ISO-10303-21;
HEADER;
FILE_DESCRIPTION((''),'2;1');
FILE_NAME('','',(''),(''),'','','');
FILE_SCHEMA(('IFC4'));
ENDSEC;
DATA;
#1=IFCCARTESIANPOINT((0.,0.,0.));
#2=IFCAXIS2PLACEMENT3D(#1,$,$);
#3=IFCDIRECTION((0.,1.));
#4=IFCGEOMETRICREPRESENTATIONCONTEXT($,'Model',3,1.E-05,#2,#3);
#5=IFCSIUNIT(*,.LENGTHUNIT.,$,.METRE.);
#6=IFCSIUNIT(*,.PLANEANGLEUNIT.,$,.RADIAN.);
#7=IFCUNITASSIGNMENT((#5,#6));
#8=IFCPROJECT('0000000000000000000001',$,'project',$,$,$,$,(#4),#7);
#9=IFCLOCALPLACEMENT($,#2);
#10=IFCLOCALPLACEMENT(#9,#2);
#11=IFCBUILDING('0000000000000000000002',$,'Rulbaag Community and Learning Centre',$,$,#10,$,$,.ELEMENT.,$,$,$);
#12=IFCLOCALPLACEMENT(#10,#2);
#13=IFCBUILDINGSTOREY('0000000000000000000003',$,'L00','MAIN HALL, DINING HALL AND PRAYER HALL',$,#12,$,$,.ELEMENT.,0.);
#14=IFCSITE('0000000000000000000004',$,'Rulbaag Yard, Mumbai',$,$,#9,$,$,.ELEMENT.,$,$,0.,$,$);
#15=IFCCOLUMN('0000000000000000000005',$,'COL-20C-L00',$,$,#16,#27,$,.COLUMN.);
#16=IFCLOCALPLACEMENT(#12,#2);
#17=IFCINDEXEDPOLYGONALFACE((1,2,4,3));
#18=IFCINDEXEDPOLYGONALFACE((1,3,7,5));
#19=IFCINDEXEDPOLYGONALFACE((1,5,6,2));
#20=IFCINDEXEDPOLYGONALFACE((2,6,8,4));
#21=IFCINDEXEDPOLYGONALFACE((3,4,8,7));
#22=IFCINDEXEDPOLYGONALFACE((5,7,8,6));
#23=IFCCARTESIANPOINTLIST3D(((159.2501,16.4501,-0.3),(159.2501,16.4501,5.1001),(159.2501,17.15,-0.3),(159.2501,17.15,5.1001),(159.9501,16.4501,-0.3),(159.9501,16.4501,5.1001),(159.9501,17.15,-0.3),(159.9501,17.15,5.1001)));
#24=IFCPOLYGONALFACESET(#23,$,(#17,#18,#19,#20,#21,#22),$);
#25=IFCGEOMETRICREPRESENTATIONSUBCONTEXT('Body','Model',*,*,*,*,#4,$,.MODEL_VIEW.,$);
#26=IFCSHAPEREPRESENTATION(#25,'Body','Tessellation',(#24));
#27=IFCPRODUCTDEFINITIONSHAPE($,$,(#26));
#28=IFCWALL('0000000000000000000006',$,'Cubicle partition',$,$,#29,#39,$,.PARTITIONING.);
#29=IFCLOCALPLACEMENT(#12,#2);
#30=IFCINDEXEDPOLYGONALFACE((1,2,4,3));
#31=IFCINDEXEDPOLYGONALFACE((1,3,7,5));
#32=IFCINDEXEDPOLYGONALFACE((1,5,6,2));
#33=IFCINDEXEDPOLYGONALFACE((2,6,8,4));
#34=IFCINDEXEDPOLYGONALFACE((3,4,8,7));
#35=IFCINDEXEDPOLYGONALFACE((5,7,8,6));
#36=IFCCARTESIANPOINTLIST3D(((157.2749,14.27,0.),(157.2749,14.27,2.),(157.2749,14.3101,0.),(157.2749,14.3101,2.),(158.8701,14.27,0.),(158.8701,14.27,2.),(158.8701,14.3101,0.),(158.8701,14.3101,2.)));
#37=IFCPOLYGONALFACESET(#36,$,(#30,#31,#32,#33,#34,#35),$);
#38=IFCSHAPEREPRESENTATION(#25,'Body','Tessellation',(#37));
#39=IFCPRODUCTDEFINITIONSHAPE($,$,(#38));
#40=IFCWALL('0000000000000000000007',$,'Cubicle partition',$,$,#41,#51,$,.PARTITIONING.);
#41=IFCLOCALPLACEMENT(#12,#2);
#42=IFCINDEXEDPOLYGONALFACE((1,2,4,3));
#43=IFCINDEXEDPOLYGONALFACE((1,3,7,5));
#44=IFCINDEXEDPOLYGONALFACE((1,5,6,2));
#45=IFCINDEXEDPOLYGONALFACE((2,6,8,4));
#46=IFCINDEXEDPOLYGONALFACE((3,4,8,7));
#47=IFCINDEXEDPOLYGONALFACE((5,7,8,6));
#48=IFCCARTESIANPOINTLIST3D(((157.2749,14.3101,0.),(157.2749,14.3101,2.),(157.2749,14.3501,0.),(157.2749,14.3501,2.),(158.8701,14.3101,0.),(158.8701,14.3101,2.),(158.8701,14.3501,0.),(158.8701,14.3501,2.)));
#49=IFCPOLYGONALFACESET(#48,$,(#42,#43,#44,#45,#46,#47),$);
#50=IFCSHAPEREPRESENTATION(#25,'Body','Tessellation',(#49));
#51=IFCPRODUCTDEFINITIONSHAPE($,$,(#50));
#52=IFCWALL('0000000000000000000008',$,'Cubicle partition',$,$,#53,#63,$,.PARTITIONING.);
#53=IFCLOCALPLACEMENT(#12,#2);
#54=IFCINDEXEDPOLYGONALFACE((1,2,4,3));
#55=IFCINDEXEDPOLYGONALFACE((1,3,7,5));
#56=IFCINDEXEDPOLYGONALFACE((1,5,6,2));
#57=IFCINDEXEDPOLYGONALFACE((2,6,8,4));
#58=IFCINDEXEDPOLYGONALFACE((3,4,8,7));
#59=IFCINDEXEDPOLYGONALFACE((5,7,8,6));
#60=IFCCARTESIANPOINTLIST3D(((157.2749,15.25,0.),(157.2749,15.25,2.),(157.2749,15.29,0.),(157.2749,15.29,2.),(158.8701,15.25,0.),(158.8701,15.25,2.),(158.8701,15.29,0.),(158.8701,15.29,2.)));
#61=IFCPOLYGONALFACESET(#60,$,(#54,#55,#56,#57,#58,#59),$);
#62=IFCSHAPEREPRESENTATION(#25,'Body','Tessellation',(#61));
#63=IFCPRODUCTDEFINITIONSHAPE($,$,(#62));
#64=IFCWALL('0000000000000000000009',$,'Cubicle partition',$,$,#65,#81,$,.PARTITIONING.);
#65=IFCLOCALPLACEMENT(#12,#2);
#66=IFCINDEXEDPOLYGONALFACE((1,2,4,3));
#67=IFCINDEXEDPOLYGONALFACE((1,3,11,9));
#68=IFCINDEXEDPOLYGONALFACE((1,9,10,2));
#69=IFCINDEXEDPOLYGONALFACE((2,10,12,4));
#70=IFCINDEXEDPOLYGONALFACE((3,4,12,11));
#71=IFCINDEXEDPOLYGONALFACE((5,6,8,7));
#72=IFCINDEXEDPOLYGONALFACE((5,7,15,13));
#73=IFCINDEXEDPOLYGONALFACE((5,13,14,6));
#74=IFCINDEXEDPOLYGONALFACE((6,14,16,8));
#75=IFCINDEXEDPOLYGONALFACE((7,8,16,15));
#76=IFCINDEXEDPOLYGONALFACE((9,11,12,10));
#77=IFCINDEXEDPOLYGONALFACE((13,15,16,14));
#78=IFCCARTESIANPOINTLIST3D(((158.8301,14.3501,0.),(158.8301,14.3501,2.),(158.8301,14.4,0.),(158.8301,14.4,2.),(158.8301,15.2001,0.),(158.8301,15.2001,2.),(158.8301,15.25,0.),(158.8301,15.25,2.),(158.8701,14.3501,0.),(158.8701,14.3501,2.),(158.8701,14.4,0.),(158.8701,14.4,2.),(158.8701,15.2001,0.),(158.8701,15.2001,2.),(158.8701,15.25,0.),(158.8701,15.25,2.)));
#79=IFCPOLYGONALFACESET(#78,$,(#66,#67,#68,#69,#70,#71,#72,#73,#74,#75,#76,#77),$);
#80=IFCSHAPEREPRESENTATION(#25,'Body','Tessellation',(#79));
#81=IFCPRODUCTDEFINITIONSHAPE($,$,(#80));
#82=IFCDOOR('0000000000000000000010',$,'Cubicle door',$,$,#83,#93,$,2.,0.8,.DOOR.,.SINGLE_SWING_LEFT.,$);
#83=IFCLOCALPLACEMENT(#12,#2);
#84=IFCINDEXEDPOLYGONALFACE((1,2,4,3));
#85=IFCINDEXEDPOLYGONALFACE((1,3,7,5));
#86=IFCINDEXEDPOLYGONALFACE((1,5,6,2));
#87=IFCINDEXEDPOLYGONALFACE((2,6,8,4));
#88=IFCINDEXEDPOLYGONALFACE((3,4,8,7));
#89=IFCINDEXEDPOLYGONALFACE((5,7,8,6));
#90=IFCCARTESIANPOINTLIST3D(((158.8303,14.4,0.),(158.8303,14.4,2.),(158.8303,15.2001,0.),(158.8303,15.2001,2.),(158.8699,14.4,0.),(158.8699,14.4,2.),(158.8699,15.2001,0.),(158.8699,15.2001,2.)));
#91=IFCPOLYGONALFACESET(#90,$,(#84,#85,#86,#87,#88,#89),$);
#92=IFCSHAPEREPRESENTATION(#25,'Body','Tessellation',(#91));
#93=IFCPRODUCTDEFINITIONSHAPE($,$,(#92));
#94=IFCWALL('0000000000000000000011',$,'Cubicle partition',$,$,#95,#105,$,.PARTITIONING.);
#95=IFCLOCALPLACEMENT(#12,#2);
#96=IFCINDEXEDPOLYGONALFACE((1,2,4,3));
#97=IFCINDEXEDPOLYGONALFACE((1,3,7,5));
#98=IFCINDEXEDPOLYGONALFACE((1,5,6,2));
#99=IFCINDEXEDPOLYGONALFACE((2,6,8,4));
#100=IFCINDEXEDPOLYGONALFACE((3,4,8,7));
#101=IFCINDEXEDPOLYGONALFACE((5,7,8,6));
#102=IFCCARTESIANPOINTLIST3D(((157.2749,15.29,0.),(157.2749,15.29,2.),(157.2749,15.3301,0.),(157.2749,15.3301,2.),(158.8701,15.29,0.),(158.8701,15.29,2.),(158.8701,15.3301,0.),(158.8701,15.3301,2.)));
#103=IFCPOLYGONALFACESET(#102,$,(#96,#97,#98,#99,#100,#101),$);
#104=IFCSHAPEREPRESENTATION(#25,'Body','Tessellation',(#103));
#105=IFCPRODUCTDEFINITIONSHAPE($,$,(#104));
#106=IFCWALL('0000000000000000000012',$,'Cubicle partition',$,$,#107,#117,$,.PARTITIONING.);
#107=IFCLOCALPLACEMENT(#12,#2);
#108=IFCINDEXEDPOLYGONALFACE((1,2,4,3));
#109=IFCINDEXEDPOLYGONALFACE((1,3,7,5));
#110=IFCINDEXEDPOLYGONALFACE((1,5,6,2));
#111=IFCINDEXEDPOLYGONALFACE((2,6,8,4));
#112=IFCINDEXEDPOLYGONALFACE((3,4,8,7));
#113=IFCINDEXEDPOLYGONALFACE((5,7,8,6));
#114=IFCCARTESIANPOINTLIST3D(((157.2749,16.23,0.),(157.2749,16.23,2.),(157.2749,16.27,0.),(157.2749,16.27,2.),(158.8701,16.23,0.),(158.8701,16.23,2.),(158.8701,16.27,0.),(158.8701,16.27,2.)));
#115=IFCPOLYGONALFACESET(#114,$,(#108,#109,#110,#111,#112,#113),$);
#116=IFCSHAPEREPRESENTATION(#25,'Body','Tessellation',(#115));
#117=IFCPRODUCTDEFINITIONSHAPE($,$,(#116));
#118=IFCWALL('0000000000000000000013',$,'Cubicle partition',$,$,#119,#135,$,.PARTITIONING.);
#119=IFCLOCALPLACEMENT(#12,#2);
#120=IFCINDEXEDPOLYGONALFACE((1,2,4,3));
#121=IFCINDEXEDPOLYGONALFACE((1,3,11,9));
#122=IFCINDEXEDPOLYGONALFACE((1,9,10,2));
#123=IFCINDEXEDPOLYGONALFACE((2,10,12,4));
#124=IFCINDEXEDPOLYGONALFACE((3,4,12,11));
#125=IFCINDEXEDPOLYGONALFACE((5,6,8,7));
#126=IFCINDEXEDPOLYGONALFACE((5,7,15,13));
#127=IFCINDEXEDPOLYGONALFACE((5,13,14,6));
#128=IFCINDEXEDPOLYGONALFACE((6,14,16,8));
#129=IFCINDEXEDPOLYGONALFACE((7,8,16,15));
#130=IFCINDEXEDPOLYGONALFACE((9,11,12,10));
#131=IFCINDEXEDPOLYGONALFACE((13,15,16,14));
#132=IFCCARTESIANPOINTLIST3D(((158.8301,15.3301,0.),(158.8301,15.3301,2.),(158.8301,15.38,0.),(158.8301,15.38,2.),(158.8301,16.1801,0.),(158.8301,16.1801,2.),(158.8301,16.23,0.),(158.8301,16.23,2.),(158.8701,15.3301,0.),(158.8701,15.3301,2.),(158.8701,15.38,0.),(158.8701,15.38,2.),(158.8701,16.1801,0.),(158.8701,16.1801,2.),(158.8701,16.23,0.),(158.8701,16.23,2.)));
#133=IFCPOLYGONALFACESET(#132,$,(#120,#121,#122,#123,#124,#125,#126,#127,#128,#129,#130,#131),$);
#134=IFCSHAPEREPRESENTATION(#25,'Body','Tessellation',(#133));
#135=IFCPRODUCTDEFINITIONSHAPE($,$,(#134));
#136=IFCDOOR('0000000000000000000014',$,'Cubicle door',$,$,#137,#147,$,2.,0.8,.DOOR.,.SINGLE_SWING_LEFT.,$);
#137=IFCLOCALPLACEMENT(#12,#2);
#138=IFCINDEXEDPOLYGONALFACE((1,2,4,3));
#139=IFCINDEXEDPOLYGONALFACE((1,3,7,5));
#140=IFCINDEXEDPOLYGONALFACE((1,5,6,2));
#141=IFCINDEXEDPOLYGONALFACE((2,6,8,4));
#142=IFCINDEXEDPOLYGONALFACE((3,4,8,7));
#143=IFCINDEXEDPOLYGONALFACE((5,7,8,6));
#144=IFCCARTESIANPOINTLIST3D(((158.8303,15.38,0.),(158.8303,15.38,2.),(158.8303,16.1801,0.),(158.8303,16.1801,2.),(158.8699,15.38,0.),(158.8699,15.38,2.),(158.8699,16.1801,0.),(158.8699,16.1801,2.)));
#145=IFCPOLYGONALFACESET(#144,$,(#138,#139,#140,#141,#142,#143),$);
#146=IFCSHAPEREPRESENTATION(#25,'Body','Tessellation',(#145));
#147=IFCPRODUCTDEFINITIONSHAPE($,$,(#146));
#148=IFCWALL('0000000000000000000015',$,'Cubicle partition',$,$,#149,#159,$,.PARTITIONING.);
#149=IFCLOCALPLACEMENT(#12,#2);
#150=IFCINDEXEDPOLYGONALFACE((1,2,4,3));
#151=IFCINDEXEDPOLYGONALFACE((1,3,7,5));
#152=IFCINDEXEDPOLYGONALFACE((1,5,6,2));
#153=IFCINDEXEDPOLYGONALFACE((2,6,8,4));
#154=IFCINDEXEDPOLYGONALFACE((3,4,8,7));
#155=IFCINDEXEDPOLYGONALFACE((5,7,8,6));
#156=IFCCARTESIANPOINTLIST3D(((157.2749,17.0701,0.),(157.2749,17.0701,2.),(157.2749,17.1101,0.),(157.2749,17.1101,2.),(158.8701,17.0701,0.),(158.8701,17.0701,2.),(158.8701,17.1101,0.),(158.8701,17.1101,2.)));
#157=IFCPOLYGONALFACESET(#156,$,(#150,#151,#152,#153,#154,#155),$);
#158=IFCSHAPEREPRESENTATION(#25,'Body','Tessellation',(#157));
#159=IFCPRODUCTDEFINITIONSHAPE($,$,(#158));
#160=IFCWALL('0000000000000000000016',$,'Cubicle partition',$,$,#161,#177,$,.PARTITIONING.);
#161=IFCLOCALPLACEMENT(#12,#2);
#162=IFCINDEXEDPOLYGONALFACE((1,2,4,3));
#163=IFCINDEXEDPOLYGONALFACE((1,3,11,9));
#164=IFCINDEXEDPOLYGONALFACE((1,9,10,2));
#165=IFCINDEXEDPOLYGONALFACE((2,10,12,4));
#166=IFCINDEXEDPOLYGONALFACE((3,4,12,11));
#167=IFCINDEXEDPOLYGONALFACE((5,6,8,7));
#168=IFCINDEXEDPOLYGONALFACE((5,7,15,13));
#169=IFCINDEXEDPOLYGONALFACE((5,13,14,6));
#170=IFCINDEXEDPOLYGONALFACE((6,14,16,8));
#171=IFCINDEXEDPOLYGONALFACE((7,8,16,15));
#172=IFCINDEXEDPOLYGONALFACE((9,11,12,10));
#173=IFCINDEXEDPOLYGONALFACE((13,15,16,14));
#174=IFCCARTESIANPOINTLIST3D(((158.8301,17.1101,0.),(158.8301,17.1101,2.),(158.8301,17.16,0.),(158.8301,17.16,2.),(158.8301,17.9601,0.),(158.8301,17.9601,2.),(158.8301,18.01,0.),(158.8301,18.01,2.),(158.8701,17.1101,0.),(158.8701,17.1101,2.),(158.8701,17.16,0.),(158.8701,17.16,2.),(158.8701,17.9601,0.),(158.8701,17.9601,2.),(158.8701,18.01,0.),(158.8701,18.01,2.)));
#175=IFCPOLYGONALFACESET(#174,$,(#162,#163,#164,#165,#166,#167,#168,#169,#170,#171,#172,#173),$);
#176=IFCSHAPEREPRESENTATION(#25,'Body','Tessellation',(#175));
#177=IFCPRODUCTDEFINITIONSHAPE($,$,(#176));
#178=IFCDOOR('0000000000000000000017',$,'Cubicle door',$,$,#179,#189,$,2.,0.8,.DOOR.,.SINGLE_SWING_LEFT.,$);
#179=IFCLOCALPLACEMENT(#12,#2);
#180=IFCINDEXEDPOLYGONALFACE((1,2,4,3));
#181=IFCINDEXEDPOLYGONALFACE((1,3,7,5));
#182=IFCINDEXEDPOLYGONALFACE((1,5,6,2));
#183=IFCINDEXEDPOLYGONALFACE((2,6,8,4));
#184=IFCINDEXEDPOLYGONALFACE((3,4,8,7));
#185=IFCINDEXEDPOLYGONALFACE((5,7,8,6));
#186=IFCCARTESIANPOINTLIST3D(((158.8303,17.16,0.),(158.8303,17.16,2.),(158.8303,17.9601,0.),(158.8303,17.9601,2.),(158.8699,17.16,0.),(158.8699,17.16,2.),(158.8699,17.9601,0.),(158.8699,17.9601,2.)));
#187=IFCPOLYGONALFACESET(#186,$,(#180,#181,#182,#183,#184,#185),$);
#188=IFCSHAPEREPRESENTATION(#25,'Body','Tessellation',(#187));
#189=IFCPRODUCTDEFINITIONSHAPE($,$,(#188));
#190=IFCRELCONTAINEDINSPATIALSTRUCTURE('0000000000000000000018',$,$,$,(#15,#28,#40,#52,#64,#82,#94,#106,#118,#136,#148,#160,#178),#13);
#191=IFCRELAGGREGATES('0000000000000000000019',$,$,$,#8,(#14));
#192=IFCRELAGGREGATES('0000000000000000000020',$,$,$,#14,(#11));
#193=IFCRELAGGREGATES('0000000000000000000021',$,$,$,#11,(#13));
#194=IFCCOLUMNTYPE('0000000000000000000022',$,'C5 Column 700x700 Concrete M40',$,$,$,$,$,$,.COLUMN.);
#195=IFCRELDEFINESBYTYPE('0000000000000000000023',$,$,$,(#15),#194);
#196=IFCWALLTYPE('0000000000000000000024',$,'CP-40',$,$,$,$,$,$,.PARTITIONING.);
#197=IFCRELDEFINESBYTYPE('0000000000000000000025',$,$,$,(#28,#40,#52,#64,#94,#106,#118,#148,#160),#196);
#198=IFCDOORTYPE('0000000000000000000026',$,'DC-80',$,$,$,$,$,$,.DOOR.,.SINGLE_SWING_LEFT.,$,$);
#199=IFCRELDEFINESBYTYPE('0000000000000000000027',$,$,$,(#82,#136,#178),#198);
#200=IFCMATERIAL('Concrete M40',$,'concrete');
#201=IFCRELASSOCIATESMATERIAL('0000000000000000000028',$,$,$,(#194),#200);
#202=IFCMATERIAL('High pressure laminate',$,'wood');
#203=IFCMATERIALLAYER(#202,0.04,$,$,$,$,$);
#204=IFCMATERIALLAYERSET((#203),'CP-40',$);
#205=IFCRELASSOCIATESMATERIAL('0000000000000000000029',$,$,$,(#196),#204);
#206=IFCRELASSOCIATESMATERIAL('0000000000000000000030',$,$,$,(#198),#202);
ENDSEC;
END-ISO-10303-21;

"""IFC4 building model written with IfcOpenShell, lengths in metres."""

from ifc_helpers import new_model, si_unit, direction, frame, frame_2d, origin, origin_2d, place, context, subcontext, project, spatial, rectangle, extrude, material, layer, layer_set, material_profile, profile_set, type_object, element, fill, save


model = new_model("IFC4")

# Units and contexts
model_context = context("Model", 3, precision=1e-05, world=origin(), true_north=direction((0.0, 1.0)))
body_context = subcontext(model_context, "Body", "Model", "MODEL_VIEW")
ifc_project = project(units=[si_unit("LENGTHUNIT", "METRE"), si_unit("PLANEANGLEUNIT", "RADIAN")], contexts=[model_context])

# Site, building, storey
site_placement = place(None, origin())
site = spatial("IfcSite", under=ifc_project, at=site_placement, Name="Rulbaag Yard, Mumbai", CompositionType="ELEMENT", RefElevation=0.0)
building_placement = place(site_placement, origin())
building = spatial("IfcBuilding", under=site, at=building_placement, Name="Rulbaag Community and Learning Centre", CompositionType="ELEMENT")
storey_placement = place(building_placement, origin())
storey = spatial("IfcBuildingStorey", under=building, at=storey_placement, Name="L00", Description="MAIN HALL, DINING HALL AND PRAYER HALL", CompositionType="ELEMENT", Elevation=0.0)

# Column
ifc_material_1 = material(Name="Concrete M40", Category="concrete")
ifc_material_profile = material_profile(ifc_material_1, rectangle(XDim=0.7, YDim=0.7, at=origin_2d()), Name="RC700x700")
ifc_profile_set = profile_set([ifc_material_profile], Name="Concrete M40")
column_type = type_object("IfcColumnType", Name="C5 Column 700x700 Concrete M40", PredefinedType="COLUMN", material=ifc_profile_set)
column_placement = place(storey_placement, frame((159.6001, 16.8, -0.3), z_axis=(0.0, 0.0, 1.0), x_axis=(1.0, 0.0, 0.0)))
element("IfcColumn", 1, at=column_placement, inside=storey, type_object=column_type, Name="COL-20C-L00", PredefinedType="COLUMN", context=body_context, shape_type="SweptSolid", body=[
    extrude(rectangle(XDim=0.7, YDim=0.7, at=origin_2d()), origin(), (0.0, 0.0, 1.0), 5.4001),
])

# Walls
ifc_material_2 = material(Name="High pressure laminate", Category="wood")
ifc_layer = layer(ifc_material_2, 0.04)
ifc_layer_set = layer_set([ifc_layer], Name="CP-40")
wall_type = type_object("IfcWallType", Name="CP-40", PredefinedType="PARTITIONING", material=ifc_layer_set)
for number, where, z_axis, x_axis, name in (
    (2, (157.2749, 14.29, 0.0), (0.0, 0.0, 1.0), (1.0, 0.0, 0.0), "Cubicle partition"),
    (3, (157.2749, 14.3301, 0.0), (0.0, 0.0, 1.0), (1.0, 0.0, 0.0), "Cubicle partition"),
    (4, (157.2749, 15.27, 0.0), (0.0, 0.0, 1.0), (1.0, 0.0, 0.0), "Cubicle partition"),
):
    element("IfcWall", number, at=place(storey_placement, frame(where, z_axis=z_axis, x_axis=x_axis)), inside=storey, type_object=wall_type, Name=name, PredefinedType="PARTITIONING", context=body_context, shape_type="SweptSolid", body=[
        extrude(rectangle(XDim=1.5952, YDim=0.04, at=frame_2d((0.7976, 0.0))), origin(), (0.0, 0.0, 1.0), 2.0),
    ])

# Wall, opening, door
wall_1_placement = place(storey_placement, frame((158.8501, 14.3501, 0.0), z_axis=(0.0, 0.0, 1.0), x_axis=(0.0, 1.0, 0.0)))
wall_1 = element("IfcWall", 5, at=wall_1_placement, inside=storey, type_object=wall_type, Name="Cubicle partition", PredefinedType="PARTITIONING", context=body_context, shape_type="SweptSolid", body=[
    extrude(rectangle(XDim=0.8999, YDim=0.04, at=frame_2d((0.45, 0.0))), origin(), (0.0, 0.0, 1.0), 2.0),
])
opening_1_placement = place(wall_1_placement, frame((0.05, 0.0, 0.0)))
opening_1 = element("IfcOpeningElement", 6, at=opening_1_placement, cuts=wall_1, PredefinedType="OPENING", context=body_context, shape_type="SweptSolid", body=[
    extrude(rectangle(XDim=0.8, YDim=2.0, at=frame_2d((0.3999, 1.0))), frame((0.0, 0.03, 0.0), z_axis=(0.0, -1.0, 0.0), x_axis=(1.0, 0.0, 0.0)), (0.0, 0.0, 1.0), 0.0601),
])
door_type = type_object("IfcDoorType", Name="DC-80", OperationType="SINGLE_SWING_LEFT", PredefinedType="DOOR", material=ifc_material_2)
door_1_placement = place(opening_1_placement, origin())
door_1 = element("IfcDoor", 7, at=door_1_placement, inside=storey, type_object=door_type, Name="Cubicle door", OperationType="SINGLE_SWING_LEFT", OverallHeight=2.0, OverallWidth=0.8, PredefinedType="DOOR", context=body_context, shape_type="SweptSolid", body=[
    extrude(rectangle(XDim=0.8, YDim=2.0, at=frame_2d((0.3999, 1.0))), frame((0.0, 0.0198, 0.0), z_axis=(0.0, -1.0, 0.0), x_axis=(1.0, 0.0, 0.0)), (0.0, 0.0, 1.0), 0.0396),
])
fill(opening_1, door_1)

# Walls
for number, where, z_axis, x_axis, name in (
    (8, (157.2749, 15.3101, 0.0), (0.0, 0.0, 1.0), (1.0, 0.0, 0.0), "Cubicle partition"),
    (9, (157.2749, 16.25, 0.0), (0.0, 0.0, 1.0), (1.0, 0.0, 0.0), "Cubicle partition"),
):
    element("IfcWall", number, at=place(storey_placement, frame(where, z_axis=z_axis, x_axis=x_axis)), inside=storey, type_object=wall_type, Name=name, PredefinedType="PARTITIONING", context=body_context, shape_type="SweptSolid", body=[
        extrude(rectangle(XDim=1.5952, YDim=0.04, at=frame_2d((0.7976, 0.0))), origin(), (0.0, 0.0, 1.0), 2.0),
    ])

# Wall, opening, door
wall_2_placement = place(storey_placement, frame((158.8501, 15.3301, 0.0), z_axis=(0.0, 0.0, 1.0), x_axis=(0.0, 1.0, 0.0)))
wall_2 = element("IfcWall", 10, at=wall_2_placement, inside=storey, type_object=wall_type, Name="Cubicle partition", PredefinedType="PARTITIONING", context=body_context, shape_type="SweptSolid", body=[
    extrude(rectangle(XDim=0.8999, YDim=0.04, at=frame_2d((0.45, 0.0))), origin(), (0.0, 0.0, 1.0), 2.0),
])
opening_2_placement = place(wall_2_placement, frame((0.05, 0.0, 0.0)))
opening_2 = element("IfcOpeningElement", 11, at=opening_2_placement, cuts=wall_2, PredefinedType="OPENING", context=body_context, shape_type="SweptSolid", body=[
    extrude(rectangle(XDim=0.8, YDim=2.0, at=frame_2d((0.3999, 1.0))), frame((0.0, 0.03, 0.0), z_axis=(0.0, -1.0, 0.0), x_axis=(1.0, 0.0, 0.0)), (0.0, 0.0, 1.0), 0.0601),
])
door_2_placement = place(opening_2_placement, origin())
door_2 = element("IfcDoor", 12, at=door_2_placement, inside=storey, type_object=door_type, Name="Cubicle door", OperationType="SINGLE_SWING_LEFT", OverallHeight=2.0, OverallWidth=0.8, PredefinedType="DOOR", context=body_context, shape_type="SweptSolid", body=[
    extrude(rectangle(XDim=0.8, YDim=2.0, at=frame_2d((0.3999, 1.0))), frame((0.0, 0.0198, 0.0), z_axis=(0.0, -1.0, 0.0), x_axis=(1.0, 0.0, 0.0)), (0.0, 0.0, 1.0), 0.0396),
])
fill(opening_2, door_2)

# Wall
wall_3_placement = place(storey_placement, frame((157.2749, 17.0901, 0.0), z_axis=(0.0, 0.0, 1.0), x_axis=(1.0, 0.0, 0.0)))
element("IfcWall", 13, at=wall_3_placement, inside=storey, type_object=wall_type, Name="Cubicle partition", PredefinedType="PARTITIONING", context=body_context, shape_type="SweptSolid", body=[
    extrude(rectangle(XDim=1.5952, YDim=0.04, at=frame_2d((0.7976, 0.0))), origin(), (0.0, 0.0, 1.0), 2.0),
])

# Wall, opening, door
wall_4_placement = place(storey_placement, frame((158.8501, 17.1101, 0.0), z_axis=(0.0, 0.0, 1.0), x_axis=(0.0, 1.0, 0.0)))
wall_4 = element("IfcWall", 14, at=wall_4_placement, inside=storey, type_object=wall_type, Name="Cubicle partition", PredefinedType="PARTITIONING", context=body_context, shape_type="SweptSolid", body=[
    extrude(rectangle(XDim=0.8999, YDim=0.04, at=frame_2d((0.45, 0.0))), origin(), (0.0, 0.0, 1.0), 2.0),
])
opening_3_placement = place(wall_4_placement, frame((0.05, 0.0, 0.0)))
opening_3 = element("IfcOpeningElement", 15, at=opening_3_placement, cuts=wall_4, PredefinedType="OPENING", context=body_context, shape_type="SweptSolid", body=[
    extrude(rectangle(XDim=0.8, YDim=2.0, at=frame_2d((0.3999, 1.0))), frame((0.0, 0.03, 0.0), z_axis=(0.0, -1.0, 0.0), x_axis=(1.0, 0.0, 0.0)), (0.0, 0.0, 1.0), 0.0601),
])
door_3_placement = place(opening_3_placement, origin())
door_3 = element("IfcDoor", 16, at=door_3_placement, inside=storey, type_object=door_type, Name="Cubicle door", OperationType="SINGLE_SWING_LEFT", OverallHeight=2.0, OverallWidth=0.8, PredefinedType="DOOR", context=body_context, shape_type="SweptSolid", body=[
    extrude(rectangle(XDim=0.8, YDim=2.0, at=frame_2d((0.3999, 1.0))), frame((0.0, 0.0198, 0.0), z_axis=(0.0, -1.0, 0.0), x_axis=(1.0, 0.0, 0.0)), (0.0, 0.0, 1.0), 0.0396),
])
fill(opening_3, door_3)

save(model, "model.ifc")
